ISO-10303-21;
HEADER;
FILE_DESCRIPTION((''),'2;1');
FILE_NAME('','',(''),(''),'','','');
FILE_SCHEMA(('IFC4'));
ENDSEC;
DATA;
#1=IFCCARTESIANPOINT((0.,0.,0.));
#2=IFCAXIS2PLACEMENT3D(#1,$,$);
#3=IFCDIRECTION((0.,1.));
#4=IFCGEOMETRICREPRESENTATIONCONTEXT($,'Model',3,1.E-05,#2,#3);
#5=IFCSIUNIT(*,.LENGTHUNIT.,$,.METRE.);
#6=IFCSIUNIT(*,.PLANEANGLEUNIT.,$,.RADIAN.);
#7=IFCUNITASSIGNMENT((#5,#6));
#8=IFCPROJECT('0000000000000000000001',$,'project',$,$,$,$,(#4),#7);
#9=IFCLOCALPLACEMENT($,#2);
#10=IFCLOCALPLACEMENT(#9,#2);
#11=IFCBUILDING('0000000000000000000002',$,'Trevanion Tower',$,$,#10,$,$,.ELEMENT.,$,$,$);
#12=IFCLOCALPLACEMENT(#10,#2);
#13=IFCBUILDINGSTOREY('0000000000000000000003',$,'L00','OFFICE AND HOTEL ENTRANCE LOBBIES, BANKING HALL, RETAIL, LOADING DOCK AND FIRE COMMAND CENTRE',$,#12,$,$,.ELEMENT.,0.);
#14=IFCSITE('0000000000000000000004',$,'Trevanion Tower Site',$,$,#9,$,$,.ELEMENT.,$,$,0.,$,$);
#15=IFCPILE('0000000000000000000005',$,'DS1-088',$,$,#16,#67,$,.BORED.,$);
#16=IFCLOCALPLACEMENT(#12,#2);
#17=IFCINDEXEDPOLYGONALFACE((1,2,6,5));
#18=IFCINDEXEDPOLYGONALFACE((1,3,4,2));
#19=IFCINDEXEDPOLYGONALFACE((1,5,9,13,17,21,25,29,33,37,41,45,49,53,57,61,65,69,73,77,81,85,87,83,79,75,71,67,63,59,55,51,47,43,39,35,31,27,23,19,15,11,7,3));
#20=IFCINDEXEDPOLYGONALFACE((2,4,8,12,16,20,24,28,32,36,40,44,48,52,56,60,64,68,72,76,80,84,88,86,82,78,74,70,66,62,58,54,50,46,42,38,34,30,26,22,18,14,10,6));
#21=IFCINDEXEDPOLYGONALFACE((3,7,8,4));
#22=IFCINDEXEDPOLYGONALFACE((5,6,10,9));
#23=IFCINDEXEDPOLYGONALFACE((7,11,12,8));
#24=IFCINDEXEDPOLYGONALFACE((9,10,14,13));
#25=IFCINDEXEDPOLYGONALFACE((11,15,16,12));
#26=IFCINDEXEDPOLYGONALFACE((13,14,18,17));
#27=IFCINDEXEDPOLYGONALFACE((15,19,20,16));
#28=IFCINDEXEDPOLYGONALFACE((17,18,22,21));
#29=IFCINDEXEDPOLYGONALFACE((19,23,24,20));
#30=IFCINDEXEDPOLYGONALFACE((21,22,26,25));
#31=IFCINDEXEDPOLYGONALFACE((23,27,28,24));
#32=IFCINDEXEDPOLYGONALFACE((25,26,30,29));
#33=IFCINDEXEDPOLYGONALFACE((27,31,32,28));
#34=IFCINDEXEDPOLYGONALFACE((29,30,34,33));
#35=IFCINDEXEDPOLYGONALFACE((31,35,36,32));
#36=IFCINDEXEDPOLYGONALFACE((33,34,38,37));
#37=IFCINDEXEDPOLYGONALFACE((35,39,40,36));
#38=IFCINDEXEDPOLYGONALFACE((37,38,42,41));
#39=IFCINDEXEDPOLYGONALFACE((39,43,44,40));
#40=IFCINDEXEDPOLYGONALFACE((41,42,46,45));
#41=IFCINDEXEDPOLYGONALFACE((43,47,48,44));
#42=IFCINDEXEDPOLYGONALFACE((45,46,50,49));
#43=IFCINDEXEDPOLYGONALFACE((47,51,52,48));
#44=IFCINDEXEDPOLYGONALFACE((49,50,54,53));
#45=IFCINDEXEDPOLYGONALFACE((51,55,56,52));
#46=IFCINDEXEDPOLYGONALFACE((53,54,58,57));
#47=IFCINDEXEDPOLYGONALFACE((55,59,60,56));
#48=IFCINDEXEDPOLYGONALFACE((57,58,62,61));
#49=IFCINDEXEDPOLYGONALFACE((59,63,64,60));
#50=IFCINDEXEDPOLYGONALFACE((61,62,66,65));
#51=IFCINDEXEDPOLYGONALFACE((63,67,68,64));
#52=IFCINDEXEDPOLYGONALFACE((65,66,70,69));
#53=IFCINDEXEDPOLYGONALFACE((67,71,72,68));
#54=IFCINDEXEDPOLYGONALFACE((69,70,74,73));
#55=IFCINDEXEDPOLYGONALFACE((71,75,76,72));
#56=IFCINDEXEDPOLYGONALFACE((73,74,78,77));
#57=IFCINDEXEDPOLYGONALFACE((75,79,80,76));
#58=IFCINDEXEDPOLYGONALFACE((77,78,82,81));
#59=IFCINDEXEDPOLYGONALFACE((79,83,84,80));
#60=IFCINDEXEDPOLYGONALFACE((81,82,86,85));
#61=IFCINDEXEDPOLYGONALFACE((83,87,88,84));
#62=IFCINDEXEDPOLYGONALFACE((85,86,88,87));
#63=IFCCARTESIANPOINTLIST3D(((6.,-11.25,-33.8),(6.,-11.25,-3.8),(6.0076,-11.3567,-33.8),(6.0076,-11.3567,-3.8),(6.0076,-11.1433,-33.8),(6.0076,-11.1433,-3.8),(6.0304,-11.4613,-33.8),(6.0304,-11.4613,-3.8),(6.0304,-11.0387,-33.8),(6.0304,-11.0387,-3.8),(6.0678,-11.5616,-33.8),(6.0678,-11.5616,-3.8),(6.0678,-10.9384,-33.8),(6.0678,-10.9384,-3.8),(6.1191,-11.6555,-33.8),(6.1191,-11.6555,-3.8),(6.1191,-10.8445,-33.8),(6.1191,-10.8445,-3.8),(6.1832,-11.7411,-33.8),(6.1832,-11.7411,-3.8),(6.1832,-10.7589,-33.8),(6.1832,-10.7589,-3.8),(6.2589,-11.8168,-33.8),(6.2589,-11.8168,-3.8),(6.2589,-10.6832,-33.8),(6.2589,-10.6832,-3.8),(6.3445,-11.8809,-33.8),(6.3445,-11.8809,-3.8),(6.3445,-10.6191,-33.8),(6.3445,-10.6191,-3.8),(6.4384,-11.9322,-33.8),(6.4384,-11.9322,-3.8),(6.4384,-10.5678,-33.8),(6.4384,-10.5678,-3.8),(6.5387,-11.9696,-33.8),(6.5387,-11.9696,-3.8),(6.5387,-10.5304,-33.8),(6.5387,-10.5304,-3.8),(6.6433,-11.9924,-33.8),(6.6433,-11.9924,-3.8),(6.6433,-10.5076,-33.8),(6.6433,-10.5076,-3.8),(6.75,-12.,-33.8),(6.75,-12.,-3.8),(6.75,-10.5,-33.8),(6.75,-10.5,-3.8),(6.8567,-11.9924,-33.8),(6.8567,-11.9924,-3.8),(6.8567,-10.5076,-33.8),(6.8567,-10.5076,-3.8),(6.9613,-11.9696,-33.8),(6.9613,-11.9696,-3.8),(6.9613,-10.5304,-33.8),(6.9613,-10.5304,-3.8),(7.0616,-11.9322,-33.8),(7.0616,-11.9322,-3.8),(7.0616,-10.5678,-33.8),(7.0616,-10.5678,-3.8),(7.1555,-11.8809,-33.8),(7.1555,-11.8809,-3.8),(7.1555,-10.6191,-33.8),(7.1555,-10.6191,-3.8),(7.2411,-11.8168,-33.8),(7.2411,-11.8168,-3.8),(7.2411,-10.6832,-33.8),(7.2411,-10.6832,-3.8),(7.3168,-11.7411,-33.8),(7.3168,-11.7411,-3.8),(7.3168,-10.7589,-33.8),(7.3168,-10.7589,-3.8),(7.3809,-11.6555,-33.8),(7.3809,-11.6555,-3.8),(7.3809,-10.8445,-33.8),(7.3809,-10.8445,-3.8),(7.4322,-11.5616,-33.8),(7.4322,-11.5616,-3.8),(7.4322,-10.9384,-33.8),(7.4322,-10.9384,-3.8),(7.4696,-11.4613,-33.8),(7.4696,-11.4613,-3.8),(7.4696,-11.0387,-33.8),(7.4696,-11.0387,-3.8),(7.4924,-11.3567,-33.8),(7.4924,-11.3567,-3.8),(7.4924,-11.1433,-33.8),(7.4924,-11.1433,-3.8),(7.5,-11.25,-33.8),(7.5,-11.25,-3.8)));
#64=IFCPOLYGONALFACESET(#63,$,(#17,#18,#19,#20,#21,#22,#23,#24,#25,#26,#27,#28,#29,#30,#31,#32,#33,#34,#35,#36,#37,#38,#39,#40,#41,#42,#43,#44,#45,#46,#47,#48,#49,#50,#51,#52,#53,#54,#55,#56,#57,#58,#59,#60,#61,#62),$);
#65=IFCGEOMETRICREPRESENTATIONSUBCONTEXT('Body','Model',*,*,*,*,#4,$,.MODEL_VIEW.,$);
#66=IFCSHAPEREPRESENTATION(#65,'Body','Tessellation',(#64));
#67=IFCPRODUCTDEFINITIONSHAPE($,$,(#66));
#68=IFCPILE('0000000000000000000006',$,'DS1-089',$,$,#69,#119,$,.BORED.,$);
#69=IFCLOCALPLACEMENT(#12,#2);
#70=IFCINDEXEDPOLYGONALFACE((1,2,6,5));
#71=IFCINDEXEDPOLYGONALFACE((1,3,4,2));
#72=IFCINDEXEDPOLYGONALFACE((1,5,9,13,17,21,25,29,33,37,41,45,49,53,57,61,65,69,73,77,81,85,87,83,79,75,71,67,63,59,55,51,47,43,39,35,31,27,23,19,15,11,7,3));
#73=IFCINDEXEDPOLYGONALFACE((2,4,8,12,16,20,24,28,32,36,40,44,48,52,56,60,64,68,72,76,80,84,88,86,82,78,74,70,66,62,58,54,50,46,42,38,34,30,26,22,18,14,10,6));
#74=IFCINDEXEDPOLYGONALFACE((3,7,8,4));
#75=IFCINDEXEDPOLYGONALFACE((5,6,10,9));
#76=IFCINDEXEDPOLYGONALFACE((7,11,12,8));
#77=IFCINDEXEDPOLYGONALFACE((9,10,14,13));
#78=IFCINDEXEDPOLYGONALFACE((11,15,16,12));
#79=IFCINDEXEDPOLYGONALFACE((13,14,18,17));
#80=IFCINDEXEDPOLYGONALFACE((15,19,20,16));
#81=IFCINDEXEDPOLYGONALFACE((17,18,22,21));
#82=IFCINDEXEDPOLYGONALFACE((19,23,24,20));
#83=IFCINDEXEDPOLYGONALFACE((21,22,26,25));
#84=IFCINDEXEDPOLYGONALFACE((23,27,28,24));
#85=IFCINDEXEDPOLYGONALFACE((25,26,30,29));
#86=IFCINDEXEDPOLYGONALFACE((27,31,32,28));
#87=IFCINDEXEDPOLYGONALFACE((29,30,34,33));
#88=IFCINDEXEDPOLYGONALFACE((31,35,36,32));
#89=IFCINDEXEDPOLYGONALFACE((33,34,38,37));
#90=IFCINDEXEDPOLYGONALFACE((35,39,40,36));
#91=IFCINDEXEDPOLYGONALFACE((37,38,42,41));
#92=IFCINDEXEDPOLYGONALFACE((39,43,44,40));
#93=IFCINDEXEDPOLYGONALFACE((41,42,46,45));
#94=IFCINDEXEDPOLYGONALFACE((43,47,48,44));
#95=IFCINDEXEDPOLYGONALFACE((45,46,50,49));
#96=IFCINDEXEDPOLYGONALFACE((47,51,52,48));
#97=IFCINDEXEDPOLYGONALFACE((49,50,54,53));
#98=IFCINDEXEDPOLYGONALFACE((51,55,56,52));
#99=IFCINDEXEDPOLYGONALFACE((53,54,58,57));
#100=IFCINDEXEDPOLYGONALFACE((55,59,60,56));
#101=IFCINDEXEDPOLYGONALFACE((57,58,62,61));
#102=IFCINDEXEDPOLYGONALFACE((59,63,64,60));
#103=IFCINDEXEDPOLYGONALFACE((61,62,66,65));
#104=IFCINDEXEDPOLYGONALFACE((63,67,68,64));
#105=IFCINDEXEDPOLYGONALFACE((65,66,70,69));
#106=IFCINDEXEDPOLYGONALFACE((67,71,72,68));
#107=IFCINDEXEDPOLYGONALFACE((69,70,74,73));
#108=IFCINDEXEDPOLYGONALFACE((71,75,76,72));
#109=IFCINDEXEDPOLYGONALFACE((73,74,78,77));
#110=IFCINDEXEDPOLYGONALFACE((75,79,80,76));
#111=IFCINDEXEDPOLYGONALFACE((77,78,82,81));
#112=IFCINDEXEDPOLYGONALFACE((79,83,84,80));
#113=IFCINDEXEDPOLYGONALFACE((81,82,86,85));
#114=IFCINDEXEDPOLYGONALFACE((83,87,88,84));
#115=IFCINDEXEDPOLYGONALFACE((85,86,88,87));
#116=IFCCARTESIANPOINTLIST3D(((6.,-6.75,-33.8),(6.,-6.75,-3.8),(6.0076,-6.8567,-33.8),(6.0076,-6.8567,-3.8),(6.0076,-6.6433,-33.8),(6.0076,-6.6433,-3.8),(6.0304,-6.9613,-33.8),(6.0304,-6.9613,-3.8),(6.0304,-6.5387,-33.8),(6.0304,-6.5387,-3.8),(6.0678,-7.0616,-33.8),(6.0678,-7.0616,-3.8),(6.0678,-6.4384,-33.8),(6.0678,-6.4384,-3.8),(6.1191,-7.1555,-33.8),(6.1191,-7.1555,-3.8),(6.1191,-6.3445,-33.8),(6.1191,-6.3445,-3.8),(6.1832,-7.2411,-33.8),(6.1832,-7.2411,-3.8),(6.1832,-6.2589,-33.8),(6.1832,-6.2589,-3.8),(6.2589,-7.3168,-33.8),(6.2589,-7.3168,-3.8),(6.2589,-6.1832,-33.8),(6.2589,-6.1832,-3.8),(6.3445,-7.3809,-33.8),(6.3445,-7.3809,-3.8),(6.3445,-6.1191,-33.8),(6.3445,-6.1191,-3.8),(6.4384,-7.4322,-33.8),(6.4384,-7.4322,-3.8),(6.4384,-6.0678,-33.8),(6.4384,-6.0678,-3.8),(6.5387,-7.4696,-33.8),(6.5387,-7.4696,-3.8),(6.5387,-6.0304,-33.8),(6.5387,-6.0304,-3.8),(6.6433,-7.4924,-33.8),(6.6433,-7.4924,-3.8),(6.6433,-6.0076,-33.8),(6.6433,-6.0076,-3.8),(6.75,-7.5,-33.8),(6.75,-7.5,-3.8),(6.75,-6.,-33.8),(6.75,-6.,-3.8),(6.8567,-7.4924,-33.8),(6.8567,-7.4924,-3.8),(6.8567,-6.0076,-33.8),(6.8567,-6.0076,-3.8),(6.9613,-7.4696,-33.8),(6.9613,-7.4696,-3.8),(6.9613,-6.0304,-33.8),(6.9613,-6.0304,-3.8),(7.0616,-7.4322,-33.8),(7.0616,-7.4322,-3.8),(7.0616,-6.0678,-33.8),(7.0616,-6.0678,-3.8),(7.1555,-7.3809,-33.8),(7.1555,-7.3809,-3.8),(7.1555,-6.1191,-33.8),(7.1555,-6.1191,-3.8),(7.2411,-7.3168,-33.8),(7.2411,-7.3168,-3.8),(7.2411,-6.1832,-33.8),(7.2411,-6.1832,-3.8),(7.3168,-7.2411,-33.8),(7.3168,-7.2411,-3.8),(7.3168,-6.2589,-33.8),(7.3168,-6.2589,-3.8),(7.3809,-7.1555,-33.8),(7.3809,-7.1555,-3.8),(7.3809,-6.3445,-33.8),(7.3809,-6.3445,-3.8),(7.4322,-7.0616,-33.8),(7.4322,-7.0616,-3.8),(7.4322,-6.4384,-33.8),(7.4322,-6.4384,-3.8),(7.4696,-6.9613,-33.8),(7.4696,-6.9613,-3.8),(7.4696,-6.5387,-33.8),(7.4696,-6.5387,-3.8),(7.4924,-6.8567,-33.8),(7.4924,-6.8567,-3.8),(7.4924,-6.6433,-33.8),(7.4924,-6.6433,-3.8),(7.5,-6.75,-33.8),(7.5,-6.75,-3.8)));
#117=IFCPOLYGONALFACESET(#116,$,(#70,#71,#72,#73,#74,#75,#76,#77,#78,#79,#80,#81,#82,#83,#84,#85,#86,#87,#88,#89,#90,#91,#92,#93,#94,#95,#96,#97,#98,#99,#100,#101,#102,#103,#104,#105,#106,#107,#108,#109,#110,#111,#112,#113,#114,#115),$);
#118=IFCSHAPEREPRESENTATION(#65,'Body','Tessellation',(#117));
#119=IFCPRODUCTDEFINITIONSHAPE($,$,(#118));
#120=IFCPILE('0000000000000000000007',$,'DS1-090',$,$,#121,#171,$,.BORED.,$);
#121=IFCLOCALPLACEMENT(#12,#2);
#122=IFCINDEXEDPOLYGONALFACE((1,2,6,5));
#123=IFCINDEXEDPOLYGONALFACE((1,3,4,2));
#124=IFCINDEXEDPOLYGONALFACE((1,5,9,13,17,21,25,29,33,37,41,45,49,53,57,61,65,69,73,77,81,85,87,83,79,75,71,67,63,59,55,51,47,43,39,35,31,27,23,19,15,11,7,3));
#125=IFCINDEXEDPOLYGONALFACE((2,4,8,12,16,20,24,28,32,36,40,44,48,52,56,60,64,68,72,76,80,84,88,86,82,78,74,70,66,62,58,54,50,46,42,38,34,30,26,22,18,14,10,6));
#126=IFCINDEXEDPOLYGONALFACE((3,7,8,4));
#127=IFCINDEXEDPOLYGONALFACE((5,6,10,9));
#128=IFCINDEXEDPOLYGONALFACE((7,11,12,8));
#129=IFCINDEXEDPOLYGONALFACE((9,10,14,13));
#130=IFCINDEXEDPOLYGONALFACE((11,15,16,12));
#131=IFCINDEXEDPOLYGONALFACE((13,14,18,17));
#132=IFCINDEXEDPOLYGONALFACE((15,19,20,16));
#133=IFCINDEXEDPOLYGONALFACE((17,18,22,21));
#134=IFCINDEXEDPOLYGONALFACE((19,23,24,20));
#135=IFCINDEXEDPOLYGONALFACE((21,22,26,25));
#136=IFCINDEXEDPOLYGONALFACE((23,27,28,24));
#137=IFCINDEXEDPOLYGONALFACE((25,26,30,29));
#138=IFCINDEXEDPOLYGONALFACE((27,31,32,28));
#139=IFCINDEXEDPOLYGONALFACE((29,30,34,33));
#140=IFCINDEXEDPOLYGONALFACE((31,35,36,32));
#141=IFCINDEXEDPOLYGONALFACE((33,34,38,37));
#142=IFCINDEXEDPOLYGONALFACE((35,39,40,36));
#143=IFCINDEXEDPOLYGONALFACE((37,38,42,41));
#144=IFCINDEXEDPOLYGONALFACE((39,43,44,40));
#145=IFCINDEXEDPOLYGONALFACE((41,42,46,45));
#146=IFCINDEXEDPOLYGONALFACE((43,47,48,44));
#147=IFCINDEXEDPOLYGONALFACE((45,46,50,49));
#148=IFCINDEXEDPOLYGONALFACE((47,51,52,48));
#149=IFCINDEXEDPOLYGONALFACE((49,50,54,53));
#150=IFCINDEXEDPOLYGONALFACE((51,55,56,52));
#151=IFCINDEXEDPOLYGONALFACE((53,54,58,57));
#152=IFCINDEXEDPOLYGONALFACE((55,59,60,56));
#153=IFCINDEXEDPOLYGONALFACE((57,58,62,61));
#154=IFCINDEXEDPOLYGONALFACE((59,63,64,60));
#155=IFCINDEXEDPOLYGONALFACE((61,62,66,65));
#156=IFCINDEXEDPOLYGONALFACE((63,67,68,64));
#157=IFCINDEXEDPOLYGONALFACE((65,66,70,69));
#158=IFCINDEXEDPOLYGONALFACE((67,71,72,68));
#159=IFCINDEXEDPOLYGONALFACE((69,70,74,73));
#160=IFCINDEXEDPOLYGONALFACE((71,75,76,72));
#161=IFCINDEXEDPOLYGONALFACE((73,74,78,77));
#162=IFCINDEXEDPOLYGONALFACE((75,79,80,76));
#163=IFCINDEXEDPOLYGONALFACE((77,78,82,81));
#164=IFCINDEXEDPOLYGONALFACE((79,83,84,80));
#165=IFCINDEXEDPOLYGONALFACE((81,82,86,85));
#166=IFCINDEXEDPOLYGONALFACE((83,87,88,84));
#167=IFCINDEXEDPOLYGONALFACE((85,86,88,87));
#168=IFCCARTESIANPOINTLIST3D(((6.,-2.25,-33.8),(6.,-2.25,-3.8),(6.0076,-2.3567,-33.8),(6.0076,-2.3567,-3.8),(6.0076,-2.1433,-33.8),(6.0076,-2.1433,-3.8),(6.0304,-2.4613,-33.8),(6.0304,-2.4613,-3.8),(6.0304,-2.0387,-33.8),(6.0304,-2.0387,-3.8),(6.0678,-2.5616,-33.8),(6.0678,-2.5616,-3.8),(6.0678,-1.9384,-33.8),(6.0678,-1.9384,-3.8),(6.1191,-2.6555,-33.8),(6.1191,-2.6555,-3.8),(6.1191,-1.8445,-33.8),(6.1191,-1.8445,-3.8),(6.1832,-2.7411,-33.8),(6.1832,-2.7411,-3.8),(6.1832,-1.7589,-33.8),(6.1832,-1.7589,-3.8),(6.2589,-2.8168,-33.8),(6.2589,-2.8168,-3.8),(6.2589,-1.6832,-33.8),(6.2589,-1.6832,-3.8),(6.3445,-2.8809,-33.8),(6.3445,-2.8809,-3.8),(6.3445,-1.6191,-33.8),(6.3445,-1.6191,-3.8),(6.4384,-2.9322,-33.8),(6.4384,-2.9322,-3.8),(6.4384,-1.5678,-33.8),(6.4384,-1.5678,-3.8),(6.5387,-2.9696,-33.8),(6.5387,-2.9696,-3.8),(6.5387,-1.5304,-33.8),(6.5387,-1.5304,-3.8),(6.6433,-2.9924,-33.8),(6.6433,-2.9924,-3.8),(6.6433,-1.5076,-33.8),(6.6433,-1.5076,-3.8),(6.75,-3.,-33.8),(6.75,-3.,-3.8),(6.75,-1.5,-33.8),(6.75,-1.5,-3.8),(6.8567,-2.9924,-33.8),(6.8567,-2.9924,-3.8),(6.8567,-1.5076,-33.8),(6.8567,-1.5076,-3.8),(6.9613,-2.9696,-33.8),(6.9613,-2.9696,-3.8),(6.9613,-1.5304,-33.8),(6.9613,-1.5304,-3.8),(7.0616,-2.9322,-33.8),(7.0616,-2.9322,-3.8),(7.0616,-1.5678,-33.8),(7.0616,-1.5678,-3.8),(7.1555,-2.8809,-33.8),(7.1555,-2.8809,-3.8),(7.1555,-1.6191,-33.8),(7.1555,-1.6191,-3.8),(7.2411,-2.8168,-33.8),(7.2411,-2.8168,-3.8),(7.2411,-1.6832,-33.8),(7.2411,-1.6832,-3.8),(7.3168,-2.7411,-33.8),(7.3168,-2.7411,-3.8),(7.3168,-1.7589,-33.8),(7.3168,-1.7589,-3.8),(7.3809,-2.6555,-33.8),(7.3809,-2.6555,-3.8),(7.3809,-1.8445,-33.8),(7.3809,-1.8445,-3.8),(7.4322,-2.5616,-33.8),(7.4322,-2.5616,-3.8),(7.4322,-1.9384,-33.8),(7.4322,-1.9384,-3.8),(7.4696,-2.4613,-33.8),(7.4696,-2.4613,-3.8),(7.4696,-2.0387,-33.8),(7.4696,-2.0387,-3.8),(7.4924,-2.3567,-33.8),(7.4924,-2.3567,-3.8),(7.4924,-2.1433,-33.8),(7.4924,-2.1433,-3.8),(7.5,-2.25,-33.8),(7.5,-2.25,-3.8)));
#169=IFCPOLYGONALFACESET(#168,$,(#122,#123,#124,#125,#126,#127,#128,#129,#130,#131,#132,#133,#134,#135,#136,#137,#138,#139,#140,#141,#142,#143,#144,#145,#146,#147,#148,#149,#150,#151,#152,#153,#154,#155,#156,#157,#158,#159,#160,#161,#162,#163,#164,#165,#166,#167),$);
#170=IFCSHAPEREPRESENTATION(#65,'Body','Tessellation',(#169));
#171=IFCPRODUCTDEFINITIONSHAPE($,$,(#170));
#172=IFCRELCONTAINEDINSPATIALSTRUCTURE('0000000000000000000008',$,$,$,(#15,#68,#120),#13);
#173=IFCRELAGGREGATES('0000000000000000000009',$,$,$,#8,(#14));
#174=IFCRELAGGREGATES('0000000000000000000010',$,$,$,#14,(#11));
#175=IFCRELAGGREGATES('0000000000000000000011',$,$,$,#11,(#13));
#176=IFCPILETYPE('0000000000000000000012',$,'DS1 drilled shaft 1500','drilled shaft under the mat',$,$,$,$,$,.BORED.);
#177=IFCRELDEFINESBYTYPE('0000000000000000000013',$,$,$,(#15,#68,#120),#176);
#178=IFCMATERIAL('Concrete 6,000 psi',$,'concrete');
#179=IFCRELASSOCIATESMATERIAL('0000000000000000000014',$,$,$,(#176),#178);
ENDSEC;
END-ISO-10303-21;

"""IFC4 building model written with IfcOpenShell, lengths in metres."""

from ifc_helpers import new_model, si_unit, direction, frame, origin, origin_2d, place, context, subcontext, project, spatial, circle, extrude, material, material_profile, profile_set, type_object, element, save


model = new_model("IFC4")

# Units and contexts
model_context = context("Model", 3, precision=1e-05, world=origin(), true_north=direction((0.0, 1.0)))
body_context = subcontext(model_context, "Body", "Model", "MODEL_VIEW")
ifc_project = project(units=[si_unit("LENGTHUNIT", "METRE"), si_unit("PLANEANGLEUNIT", "RADIAN")], contexts=[model_context])

# Site, building, storey
site_placement = place(None, origin())
site = spatial("IfcSite", under=ifc_project, at=site_placement, Name="Trevanion Tower Site", CompositionType="ELEMENT", RefElevation=0.0)
building_placement = place(site_placement, origin())
building = spatial("IfcBuilding", under=site, at=building_placement, Name="Trevanion Tower", CompositionType="ELEMENT")
storey_placement = place(building_placement, origin())
storey = spatial("IfcBuildingStorey", under=building, at=storey_placement, Name="L00", Description="OFFICE AND HOTEL ENTRANCE LOBBIES, BANKING HALL, RETAIL, LOADING DOCK AND FIRE COMMAND CENTRE", CompositionType="ELEMENT", Elevation=0.0)

# Piles
ifc_material_1 = material(Name="Concrete 6,000 psi", Category="concrete")
ifc_material_profile_1 = material_profile(ifc_material_1, circle(Radius=0.75, at=origin_2d()), Name="DS1 drilled shaft 1500")
ifc_profile_set_1 = profile_set([ifc_material_profile_1], Name="Concrete 6,000 psi")
pile_type = type_object("IfcPileType", Name="DS1 drilled shaft 1500", Description="drilled shaft under the mat", PredefinedType="BORED", material=ifc_profile_set_1)
for number, where, z_axis, x_axis, name in (
    (1, (6.75, -11.25, -3.8), (0.0, 0.0, -1.0), (1.0, 0.0, 0.0), "DS1-088"),
    (2, (6.75, -6.75, -3.8), (0.0, 0.0, -1.0), (1.0, 0.0, 0.0), "DS1-089"),
    (3, (6.75, -2.25, -3.8), (0.0, 0.0, -1.0), (1.0, 0.0, 0.0), "DS1-090"),
):
    element("IfcPile", number, at=place(storey_placement, frame(where, z_axis=z_axis, x_axis=x_axis)), inside=storey, type_object=pile_type, Name=name, PredefinedType="BORED", context=body_context, shape_type="SweptSolid", body=[
        extrude(circle(Radius=0.75, at=origin_2d()), origin(), (0.0, 0.0, 1.0), 30.0),
    ])

save(model, "model.ifc")
